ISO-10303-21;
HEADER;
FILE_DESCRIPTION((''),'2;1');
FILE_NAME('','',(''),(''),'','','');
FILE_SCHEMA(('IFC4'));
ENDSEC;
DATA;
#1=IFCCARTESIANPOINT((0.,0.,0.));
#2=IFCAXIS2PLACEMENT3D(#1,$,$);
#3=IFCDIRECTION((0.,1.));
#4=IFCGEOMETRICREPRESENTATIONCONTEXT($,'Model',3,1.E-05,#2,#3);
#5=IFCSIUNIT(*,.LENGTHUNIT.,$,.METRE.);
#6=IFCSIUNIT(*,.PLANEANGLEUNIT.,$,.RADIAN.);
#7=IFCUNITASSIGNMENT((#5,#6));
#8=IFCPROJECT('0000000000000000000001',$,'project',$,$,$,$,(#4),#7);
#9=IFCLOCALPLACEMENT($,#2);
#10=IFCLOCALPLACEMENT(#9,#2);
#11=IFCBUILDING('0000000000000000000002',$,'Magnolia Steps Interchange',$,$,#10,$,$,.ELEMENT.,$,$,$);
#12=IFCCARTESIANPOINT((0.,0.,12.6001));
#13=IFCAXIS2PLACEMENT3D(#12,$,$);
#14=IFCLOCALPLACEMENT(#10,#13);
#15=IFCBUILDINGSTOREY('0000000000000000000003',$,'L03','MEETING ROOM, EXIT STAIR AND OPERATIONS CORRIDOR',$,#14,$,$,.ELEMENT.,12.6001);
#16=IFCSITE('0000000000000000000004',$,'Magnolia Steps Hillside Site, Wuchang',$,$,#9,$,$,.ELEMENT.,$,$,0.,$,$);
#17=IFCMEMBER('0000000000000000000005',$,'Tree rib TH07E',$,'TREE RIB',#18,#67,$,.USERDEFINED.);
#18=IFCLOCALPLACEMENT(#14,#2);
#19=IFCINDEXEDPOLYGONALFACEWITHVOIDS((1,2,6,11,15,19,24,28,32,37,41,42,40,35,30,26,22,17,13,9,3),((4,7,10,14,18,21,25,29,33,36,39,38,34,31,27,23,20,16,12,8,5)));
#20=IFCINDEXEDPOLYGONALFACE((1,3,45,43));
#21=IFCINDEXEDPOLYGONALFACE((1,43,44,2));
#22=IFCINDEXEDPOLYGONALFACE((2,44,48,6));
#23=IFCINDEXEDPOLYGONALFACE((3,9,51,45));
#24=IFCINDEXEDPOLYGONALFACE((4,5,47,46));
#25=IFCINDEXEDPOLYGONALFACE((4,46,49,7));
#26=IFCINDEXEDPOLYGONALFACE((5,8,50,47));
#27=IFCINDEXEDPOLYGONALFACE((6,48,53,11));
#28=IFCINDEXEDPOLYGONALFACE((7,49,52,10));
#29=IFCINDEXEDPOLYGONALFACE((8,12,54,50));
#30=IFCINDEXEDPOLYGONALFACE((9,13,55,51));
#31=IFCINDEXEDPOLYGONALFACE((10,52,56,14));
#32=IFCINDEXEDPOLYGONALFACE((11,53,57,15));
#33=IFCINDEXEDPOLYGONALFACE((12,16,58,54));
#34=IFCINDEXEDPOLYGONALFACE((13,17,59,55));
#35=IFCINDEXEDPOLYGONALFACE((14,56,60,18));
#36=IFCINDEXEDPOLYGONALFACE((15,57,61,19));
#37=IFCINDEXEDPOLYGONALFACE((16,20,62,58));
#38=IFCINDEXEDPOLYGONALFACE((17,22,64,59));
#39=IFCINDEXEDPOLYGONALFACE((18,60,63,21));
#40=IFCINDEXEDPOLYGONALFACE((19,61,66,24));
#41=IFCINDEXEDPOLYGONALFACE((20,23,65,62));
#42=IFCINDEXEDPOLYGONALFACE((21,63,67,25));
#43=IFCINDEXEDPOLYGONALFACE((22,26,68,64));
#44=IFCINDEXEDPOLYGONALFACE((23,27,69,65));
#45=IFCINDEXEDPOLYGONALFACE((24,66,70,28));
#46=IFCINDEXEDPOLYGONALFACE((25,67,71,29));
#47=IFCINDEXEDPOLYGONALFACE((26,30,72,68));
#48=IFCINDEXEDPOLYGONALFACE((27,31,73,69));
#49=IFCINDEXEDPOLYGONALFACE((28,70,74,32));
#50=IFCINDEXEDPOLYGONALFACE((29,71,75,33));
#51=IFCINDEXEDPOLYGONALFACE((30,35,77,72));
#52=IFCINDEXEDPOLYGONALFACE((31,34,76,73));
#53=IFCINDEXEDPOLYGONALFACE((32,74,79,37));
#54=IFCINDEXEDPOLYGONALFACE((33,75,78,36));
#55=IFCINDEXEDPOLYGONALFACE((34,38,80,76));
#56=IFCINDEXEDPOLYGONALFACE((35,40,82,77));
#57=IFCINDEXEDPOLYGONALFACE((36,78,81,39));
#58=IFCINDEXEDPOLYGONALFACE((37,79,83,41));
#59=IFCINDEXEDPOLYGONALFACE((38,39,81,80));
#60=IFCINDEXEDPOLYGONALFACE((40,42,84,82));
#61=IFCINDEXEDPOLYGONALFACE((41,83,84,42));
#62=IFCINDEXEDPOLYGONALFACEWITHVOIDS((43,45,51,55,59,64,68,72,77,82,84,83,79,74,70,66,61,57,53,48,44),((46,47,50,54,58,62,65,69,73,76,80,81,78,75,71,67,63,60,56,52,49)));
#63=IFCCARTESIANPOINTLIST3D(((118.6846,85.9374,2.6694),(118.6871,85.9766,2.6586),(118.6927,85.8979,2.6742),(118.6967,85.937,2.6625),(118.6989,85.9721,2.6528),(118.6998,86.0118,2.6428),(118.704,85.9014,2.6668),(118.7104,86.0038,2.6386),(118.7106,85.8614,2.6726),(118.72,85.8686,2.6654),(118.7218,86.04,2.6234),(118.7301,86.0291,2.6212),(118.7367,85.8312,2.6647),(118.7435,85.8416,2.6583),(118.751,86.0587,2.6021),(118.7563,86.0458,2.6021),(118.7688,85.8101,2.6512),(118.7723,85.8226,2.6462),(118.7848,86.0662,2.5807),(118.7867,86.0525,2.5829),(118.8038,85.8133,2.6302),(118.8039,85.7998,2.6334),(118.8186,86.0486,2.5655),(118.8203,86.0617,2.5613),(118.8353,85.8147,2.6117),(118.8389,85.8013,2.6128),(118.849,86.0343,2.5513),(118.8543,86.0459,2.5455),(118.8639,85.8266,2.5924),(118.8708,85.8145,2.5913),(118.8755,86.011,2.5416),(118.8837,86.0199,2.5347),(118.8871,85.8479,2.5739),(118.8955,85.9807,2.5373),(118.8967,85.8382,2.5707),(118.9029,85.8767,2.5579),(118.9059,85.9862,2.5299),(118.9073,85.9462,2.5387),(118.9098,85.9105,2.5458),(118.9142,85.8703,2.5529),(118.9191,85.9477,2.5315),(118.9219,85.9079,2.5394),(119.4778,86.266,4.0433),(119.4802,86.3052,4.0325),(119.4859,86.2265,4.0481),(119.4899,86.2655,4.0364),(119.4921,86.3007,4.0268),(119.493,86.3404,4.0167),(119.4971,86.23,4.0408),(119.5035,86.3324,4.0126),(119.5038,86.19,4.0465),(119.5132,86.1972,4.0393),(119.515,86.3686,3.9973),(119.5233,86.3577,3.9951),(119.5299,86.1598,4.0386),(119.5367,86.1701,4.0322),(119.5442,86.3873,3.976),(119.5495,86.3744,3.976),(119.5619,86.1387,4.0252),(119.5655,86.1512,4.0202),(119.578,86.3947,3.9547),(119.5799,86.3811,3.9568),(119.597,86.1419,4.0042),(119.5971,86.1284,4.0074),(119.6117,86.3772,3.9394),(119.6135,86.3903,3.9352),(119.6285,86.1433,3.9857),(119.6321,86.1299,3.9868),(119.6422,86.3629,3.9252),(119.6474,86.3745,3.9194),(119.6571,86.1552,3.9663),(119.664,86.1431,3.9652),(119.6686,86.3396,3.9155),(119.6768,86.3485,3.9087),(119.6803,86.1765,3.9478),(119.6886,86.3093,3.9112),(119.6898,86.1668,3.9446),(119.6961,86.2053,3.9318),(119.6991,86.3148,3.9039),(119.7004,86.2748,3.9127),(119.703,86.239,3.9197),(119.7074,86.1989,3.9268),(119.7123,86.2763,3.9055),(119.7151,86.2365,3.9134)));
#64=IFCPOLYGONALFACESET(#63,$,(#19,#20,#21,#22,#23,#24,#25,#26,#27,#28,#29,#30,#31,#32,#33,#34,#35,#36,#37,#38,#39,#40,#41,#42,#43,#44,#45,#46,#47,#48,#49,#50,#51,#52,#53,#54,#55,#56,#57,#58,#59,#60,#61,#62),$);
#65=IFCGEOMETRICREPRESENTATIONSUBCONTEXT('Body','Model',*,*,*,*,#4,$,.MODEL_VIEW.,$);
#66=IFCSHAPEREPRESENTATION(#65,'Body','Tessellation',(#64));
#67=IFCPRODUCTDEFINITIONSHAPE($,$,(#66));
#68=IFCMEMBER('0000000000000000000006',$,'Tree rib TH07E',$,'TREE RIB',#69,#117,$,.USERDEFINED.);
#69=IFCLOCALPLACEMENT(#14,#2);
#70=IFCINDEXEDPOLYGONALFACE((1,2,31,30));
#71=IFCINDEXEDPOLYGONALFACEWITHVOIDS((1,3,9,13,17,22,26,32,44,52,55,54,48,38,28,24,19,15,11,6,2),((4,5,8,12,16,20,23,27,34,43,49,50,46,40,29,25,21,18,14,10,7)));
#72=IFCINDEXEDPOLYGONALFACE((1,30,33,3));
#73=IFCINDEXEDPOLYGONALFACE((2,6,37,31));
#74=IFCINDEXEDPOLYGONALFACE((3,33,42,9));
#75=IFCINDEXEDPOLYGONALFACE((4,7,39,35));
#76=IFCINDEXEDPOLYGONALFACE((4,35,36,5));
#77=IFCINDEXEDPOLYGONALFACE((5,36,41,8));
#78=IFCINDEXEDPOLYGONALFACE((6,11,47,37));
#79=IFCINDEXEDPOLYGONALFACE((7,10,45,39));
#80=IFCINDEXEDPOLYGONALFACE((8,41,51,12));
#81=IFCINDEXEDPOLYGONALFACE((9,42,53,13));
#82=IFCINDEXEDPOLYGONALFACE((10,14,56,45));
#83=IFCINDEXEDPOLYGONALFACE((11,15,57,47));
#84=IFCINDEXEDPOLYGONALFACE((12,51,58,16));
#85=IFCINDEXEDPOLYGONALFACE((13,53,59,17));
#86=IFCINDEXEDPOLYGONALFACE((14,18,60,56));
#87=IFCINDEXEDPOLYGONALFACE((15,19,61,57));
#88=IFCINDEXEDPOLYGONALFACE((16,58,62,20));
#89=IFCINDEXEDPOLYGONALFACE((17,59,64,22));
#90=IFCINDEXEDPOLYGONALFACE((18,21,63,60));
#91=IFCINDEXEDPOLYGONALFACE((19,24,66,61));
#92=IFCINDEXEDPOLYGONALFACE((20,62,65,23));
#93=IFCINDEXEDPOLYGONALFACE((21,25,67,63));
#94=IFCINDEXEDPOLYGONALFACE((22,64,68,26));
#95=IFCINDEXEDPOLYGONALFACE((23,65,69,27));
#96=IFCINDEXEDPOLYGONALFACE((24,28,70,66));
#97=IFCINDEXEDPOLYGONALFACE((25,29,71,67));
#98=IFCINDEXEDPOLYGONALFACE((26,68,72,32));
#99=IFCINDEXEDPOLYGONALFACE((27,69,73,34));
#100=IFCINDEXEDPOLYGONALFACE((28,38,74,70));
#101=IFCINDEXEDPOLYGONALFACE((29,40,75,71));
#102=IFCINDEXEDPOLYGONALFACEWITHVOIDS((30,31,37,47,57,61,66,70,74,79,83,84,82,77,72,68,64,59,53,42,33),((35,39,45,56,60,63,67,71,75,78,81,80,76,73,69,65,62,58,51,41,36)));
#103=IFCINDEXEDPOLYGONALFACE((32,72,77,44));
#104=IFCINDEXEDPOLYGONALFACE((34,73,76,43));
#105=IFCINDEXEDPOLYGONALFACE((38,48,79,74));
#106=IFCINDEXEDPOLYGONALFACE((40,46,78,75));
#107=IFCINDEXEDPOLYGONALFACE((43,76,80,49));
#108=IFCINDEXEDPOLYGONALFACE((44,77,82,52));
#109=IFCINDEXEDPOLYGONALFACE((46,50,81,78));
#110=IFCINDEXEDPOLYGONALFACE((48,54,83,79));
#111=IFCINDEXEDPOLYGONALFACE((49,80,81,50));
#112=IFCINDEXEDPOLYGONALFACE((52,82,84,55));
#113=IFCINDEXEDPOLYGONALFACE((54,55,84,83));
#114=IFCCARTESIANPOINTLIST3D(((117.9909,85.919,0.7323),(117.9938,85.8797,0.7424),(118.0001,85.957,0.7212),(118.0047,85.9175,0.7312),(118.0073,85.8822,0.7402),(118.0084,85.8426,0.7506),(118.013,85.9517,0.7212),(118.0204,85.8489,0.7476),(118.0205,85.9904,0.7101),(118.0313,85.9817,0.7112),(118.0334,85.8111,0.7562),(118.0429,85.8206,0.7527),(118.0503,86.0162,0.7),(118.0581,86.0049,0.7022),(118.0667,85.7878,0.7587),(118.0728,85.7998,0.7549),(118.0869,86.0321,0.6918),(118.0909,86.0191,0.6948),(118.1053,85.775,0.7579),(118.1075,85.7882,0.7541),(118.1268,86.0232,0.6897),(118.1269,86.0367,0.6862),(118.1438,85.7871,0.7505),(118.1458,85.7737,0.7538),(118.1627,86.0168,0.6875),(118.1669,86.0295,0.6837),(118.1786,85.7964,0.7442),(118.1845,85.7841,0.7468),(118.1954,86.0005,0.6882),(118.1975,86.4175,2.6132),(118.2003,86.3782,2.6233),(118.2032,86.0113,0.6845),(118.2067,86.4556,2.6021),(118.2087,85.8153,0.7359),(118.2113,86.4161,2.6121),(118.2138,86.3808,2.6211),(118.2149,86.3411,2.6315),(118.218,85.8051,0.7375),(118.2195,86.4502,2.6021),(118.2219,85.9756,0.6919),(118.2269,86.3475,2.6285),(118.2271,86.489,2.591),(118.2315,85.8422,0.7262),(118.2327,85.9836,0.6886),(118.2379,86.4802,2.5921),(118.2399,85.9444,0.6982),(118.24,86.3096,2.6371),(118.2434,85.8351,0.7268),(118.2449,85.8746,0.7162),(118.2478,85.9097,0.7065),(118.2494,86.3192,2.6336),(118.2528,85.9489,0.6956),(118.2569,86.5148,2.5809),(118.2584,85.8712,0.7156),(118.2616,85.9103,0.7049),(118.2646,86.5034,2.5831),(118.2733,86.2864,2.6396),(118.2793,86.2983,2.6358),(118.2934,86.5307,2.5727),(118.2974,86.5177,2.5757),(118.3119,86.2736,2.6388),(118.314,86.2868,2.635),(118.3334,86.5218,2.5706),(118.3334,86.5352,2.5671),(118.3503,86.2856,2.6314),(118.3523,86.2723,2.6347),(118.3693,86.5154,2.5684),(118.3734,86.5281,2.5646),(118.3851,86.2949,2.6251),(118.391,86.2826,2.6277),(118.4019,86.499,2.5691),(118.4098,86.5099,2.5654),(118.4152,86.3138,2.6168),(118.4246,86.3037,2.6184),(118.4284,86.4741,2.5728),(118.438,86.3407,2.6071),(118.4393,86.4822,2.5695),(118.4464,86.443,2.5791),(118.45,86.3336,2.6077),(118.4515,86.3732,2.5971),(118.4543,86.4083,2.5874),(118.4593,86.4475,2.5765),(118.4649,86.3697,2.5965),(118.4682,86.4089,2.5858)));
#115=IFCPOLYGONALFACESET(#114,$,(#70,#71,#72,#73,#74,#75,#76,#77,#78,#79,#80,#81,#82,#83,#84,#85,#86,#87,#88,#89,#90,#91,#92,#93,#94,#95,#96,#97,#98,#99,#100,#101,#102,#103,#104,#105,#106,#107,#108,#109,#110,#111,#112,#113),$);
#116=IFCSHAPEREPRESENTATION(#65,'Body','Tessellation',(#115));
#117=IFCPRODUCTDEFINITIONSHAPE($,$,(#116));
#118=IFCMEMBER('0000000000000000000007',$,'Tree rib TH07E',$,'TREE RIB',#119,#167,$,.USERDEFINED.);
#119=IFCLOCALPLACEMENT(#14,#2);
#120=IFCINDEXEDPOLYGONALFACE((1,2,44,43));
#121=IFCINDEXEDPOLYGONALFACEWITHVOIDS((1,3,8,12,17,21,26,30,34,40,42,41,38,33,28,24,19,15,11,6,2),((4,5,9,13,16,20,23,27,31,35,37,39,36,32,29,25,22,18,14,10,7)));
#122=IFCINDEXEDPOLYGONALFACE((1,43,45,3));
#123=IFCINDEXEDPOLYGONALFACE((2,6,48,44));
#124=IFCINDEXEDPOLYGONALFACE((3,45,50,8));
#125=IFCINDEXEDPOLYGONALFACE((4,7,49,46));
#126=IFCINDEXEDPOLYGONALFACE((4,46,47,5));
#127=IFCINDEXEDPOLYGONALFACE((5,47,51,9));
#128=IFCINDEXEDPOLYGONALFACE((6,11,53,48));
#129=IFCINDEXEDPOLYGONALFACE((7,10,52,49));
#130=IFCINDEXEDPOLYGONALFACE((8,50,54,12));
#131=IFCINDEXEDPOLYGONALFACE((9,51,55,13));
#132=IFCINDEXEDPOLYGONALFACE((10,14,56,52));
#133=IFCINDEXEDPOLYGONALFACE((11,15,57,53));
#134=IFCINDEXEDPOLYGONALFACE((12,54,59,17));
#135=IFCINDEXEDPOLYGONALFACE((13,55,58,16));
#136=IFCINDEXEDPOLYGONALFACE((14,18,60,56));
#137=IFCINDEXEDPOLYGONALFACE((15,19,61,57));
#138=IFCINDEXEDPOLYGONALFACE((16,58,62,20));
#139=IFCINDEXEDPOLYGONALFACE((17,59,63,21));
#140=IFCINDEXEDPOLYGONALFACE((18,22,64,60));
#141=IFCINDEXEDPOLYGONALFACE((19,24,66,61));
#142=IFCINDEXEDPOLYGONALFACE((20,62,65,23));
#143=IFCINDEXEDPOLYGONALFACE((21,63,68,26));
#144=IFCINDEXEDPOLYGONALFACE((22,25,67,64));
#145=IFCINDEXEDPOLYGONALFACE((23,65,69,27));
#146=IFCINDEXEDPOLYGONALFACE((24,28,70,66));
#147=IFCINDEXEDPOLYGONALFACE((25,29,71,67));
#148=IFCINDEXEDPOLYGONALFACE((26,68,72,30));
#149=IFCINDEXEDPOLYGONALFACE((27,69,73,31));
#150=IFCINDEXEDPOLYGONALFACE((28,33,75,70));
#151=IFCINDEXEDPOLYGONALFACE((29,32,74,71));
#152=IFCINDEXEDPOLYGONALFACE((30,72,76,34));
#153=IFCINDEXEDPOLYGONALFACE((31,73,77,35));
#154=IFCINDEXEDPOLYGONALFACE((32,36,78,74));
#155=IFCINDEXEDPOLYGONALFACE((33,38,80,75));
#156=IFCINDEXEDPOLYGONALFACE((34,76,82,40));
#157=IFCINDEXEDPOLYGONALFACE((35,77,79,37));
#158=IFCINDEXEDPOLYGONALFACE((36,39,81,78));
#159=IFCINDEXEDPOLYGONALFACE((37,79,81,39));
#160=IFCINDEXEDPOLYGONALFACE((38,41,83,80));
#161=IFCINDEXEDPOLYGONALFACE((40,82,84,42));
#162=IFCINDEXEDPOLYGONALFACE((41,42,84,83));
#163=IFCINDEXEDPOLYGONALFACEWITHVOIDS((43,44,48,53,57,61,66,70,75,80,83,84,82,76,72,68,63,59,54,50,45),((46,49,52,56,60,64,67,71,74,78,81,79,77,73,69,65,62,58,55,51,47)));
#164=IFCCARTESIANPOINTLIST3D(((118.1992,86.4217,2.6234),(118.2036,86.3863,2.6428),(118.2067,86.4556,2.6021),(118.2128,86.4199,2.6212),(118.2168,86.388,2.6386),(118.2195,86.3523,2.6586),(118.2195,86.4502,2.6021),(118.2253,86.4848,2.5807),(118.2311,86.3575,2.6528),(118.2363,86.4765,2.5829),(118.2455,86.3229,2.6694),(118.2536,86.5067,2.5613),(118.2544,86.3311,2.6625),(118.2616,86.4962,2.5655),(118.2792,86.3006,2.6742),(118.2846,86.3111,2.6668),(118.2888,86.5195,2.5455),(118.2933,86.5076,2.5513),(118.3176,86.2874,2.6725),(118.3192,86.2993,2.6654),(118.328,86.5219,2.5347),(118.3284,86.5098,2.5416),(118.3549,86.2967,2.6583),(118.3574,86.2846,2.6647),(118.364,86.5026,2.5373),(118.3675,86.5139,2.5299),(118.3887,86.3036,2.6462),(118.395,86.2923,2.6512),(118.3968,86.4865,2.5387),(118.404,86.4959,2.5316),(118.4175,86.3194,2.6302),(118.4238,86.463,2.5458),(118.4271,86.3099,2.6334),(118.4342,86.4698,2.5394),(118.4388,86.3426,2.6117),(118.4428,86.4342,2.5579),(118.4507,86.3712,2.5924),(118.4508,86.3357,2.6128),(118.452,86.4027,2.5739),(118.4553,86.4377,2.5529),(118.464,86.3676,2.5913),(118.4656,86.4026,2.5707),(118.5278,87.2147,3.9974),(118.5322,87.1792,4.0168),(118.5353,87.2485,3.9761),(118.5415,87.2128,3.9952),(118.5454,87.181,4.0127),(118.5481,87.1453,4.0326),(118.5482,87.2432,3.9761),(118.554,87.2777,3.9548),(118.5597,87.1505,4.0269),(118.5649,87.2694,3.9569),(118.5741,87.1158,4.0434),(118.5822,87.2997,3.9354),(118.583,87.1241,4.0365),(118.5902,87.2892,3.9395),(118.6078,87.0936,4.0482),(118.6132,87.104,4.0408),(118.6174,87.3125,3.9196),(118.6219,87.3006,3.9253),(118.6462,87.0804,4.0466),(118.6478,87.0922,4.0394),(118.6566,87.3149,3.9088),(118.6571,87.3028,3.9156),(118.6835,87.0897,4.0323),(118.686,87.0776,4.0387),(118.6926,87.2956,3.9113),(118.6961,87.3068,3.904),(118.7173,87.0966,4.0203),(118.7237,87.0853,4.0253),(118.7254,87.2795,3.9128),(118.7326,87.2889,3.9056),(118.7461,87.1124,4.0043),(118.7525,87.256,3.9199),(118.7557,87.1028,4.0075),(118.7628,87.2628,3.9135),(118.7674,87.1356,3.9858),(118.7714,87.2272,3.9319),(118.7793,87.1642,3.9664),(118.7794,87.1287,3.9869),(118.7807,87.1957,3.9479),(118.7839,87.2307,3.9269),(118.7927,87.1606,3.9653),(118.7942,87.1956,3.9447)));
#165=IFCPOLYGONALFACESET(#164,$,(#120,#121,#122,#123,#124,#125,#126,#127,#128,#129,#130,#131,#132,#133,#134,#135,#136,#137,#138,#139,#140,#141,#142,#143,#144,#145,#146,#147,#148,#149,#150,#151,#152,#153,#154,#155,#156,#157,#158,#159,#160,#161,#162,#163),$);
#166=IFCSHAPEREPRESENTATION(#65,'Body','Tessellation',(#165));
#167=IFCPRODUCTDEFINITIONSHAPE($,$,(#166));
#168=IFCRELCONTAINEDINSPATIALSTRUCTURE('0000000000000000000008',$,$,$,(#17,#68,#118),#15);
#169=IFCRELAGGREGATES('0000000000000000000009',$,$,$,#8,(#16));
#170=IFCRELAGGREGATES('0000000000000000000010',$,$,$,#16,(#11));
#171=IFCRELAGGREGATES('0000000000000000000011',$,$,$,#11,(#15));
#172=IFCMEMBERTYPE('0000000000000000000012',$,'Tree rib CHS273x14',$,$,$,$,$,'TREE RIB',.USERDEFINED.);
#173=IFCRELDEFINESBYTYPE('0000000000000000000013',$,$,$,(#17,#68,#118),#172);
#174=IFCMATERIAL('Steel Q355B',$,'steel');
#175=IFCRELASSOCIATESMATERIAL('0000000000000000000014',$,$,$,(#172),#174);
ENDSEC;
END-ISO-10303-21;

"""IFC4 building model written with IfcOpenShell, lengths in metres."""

from ifc_helpers import new_model, si_unit, direction, frame, origin, origin_2d, place, context, subcontext, project, spatial, hollow_circle, extrude, material, material_profile, profile_set, type_object, element, save


model = new_model("IFC4")

# Units and contexts
model_context = context("Model", 3, precision=1e-05, world=origin(), true_north=direction((0.0, 1.0)))
body_context = subcontext(model_context, "Body", "Model", "MODEL_VIEW")
ifc_project = project(units=[si_unit("LENGTHUNIT", "METRE"), si_unit("PLANEANGLEUNIT", "RADIAN")], contexts=[model_context])

# Site, building, storey
site_placement = place(None, origin())
site = spatial("IfcSite", under=ifc_project, at=site_placement, Name="Magnolia Steps Hillside Site, Wuchang", CompositionType="ELEMENT", RefElevation=0.0)
building_placement = place(site_placement, origin())
building = spatial("IfcBuilding", under=site, at=building_placement, Name="Magnolia Steps Interchange", CompositionType="ELEMENT")
storey_placement = place(building_placement, frame((0.0, 0.0, 12.6001)))
storey = spatial("IfcBuildingStorey", under=building, at=storey_placement, Name="L03", Description="MEETING ROOM, EXIT STAIR AND OPERATIONS CORRIDOR", CompositionType="ELEMENT", Elevation=12.6001)

# Members
ifc_material_1 = material(Name="Steel Q355B", Category="steel")
ifc_material_profile_1 = material_profile(ifc_material_1, hollow_circle(Radius=0.1365, WallThickness=0.0139, at=origin_2d()), Name="CHS273x14")
ifc_profile_set_1 = profile_set([ifc_material_profile_1], Name="Steel Q355B")
member_type = type_object("IfcMemberType", Name="Tree rib CHS273x14", ElementType="TREE RIB", PredefinedType="USERDEFINED", material=ifc_profile_set_1)
member_1_placement = place(storey_placement, frame((118.8032, 85.9326, 2.6021), z_axis=(0.489571, 0.20282, 0.848047), x_axis=(-0.382737, 0.923857, 0.0)))
element("IfcMember", 1, at=member_1_placement, inside=storey, type_object=member_type, Name="Tree rib TH07E", ObjectType="TREE RIB", PredefinedType="USERDEFINED", context=body_context, shape_type="SweptSolid", body=[
    extrude(hollow_circle(Radius=0.1365, WallThickness=0.0139, at=origin_2d()), origin(), (0.0, 0.0, 1.0), 1.6201),
])
member_2_placement = place(storey_placement, frame((118.1262, 85.9048, 0.7212), z_axis=(0.105555, 0.254779, 0.961221), x_axis=(-0.923851, 0.382751, 0.0)))
element("IfcMember", 2, at=member_2_placement, inside=storey, type_object=member_type, Name="Tree rib TH07E", ObjectType="TREE RIB", PredefinedType="USERDEFINED", context=body_context, shape_type="SweptSolid", body=[
    extrude(hollow_circle(Radius=0.1365, WallThickness=0.0139, at=origin_2d()), origin(), (0.0, 0.0, 1.0), 1.9568),
])
member_3_placement = place(storey_placement, frame((118.3328, 86.4033, 2.6021), z_axis=(0.202835, 0.489456, 0.84811), x_axis=(-0.923816, 0.382837, 0.0)))
element("IfcMember", 3, at=member_3_placement, inside=storey, type_object=member_type, Name="Tree rib TH07E", ObjectType="TREE RIB", PredefinedType="USERDEFINED", context=body_context, shape_type="SweptSolid", body=[
    extrude(hollow_circle(Radius=0.1365, WallThickness=0.0139, at=origin_2d()), origin(), (0.0, 0.0, 1.0), 1.6201),
])

save(model, "model.ifc")
